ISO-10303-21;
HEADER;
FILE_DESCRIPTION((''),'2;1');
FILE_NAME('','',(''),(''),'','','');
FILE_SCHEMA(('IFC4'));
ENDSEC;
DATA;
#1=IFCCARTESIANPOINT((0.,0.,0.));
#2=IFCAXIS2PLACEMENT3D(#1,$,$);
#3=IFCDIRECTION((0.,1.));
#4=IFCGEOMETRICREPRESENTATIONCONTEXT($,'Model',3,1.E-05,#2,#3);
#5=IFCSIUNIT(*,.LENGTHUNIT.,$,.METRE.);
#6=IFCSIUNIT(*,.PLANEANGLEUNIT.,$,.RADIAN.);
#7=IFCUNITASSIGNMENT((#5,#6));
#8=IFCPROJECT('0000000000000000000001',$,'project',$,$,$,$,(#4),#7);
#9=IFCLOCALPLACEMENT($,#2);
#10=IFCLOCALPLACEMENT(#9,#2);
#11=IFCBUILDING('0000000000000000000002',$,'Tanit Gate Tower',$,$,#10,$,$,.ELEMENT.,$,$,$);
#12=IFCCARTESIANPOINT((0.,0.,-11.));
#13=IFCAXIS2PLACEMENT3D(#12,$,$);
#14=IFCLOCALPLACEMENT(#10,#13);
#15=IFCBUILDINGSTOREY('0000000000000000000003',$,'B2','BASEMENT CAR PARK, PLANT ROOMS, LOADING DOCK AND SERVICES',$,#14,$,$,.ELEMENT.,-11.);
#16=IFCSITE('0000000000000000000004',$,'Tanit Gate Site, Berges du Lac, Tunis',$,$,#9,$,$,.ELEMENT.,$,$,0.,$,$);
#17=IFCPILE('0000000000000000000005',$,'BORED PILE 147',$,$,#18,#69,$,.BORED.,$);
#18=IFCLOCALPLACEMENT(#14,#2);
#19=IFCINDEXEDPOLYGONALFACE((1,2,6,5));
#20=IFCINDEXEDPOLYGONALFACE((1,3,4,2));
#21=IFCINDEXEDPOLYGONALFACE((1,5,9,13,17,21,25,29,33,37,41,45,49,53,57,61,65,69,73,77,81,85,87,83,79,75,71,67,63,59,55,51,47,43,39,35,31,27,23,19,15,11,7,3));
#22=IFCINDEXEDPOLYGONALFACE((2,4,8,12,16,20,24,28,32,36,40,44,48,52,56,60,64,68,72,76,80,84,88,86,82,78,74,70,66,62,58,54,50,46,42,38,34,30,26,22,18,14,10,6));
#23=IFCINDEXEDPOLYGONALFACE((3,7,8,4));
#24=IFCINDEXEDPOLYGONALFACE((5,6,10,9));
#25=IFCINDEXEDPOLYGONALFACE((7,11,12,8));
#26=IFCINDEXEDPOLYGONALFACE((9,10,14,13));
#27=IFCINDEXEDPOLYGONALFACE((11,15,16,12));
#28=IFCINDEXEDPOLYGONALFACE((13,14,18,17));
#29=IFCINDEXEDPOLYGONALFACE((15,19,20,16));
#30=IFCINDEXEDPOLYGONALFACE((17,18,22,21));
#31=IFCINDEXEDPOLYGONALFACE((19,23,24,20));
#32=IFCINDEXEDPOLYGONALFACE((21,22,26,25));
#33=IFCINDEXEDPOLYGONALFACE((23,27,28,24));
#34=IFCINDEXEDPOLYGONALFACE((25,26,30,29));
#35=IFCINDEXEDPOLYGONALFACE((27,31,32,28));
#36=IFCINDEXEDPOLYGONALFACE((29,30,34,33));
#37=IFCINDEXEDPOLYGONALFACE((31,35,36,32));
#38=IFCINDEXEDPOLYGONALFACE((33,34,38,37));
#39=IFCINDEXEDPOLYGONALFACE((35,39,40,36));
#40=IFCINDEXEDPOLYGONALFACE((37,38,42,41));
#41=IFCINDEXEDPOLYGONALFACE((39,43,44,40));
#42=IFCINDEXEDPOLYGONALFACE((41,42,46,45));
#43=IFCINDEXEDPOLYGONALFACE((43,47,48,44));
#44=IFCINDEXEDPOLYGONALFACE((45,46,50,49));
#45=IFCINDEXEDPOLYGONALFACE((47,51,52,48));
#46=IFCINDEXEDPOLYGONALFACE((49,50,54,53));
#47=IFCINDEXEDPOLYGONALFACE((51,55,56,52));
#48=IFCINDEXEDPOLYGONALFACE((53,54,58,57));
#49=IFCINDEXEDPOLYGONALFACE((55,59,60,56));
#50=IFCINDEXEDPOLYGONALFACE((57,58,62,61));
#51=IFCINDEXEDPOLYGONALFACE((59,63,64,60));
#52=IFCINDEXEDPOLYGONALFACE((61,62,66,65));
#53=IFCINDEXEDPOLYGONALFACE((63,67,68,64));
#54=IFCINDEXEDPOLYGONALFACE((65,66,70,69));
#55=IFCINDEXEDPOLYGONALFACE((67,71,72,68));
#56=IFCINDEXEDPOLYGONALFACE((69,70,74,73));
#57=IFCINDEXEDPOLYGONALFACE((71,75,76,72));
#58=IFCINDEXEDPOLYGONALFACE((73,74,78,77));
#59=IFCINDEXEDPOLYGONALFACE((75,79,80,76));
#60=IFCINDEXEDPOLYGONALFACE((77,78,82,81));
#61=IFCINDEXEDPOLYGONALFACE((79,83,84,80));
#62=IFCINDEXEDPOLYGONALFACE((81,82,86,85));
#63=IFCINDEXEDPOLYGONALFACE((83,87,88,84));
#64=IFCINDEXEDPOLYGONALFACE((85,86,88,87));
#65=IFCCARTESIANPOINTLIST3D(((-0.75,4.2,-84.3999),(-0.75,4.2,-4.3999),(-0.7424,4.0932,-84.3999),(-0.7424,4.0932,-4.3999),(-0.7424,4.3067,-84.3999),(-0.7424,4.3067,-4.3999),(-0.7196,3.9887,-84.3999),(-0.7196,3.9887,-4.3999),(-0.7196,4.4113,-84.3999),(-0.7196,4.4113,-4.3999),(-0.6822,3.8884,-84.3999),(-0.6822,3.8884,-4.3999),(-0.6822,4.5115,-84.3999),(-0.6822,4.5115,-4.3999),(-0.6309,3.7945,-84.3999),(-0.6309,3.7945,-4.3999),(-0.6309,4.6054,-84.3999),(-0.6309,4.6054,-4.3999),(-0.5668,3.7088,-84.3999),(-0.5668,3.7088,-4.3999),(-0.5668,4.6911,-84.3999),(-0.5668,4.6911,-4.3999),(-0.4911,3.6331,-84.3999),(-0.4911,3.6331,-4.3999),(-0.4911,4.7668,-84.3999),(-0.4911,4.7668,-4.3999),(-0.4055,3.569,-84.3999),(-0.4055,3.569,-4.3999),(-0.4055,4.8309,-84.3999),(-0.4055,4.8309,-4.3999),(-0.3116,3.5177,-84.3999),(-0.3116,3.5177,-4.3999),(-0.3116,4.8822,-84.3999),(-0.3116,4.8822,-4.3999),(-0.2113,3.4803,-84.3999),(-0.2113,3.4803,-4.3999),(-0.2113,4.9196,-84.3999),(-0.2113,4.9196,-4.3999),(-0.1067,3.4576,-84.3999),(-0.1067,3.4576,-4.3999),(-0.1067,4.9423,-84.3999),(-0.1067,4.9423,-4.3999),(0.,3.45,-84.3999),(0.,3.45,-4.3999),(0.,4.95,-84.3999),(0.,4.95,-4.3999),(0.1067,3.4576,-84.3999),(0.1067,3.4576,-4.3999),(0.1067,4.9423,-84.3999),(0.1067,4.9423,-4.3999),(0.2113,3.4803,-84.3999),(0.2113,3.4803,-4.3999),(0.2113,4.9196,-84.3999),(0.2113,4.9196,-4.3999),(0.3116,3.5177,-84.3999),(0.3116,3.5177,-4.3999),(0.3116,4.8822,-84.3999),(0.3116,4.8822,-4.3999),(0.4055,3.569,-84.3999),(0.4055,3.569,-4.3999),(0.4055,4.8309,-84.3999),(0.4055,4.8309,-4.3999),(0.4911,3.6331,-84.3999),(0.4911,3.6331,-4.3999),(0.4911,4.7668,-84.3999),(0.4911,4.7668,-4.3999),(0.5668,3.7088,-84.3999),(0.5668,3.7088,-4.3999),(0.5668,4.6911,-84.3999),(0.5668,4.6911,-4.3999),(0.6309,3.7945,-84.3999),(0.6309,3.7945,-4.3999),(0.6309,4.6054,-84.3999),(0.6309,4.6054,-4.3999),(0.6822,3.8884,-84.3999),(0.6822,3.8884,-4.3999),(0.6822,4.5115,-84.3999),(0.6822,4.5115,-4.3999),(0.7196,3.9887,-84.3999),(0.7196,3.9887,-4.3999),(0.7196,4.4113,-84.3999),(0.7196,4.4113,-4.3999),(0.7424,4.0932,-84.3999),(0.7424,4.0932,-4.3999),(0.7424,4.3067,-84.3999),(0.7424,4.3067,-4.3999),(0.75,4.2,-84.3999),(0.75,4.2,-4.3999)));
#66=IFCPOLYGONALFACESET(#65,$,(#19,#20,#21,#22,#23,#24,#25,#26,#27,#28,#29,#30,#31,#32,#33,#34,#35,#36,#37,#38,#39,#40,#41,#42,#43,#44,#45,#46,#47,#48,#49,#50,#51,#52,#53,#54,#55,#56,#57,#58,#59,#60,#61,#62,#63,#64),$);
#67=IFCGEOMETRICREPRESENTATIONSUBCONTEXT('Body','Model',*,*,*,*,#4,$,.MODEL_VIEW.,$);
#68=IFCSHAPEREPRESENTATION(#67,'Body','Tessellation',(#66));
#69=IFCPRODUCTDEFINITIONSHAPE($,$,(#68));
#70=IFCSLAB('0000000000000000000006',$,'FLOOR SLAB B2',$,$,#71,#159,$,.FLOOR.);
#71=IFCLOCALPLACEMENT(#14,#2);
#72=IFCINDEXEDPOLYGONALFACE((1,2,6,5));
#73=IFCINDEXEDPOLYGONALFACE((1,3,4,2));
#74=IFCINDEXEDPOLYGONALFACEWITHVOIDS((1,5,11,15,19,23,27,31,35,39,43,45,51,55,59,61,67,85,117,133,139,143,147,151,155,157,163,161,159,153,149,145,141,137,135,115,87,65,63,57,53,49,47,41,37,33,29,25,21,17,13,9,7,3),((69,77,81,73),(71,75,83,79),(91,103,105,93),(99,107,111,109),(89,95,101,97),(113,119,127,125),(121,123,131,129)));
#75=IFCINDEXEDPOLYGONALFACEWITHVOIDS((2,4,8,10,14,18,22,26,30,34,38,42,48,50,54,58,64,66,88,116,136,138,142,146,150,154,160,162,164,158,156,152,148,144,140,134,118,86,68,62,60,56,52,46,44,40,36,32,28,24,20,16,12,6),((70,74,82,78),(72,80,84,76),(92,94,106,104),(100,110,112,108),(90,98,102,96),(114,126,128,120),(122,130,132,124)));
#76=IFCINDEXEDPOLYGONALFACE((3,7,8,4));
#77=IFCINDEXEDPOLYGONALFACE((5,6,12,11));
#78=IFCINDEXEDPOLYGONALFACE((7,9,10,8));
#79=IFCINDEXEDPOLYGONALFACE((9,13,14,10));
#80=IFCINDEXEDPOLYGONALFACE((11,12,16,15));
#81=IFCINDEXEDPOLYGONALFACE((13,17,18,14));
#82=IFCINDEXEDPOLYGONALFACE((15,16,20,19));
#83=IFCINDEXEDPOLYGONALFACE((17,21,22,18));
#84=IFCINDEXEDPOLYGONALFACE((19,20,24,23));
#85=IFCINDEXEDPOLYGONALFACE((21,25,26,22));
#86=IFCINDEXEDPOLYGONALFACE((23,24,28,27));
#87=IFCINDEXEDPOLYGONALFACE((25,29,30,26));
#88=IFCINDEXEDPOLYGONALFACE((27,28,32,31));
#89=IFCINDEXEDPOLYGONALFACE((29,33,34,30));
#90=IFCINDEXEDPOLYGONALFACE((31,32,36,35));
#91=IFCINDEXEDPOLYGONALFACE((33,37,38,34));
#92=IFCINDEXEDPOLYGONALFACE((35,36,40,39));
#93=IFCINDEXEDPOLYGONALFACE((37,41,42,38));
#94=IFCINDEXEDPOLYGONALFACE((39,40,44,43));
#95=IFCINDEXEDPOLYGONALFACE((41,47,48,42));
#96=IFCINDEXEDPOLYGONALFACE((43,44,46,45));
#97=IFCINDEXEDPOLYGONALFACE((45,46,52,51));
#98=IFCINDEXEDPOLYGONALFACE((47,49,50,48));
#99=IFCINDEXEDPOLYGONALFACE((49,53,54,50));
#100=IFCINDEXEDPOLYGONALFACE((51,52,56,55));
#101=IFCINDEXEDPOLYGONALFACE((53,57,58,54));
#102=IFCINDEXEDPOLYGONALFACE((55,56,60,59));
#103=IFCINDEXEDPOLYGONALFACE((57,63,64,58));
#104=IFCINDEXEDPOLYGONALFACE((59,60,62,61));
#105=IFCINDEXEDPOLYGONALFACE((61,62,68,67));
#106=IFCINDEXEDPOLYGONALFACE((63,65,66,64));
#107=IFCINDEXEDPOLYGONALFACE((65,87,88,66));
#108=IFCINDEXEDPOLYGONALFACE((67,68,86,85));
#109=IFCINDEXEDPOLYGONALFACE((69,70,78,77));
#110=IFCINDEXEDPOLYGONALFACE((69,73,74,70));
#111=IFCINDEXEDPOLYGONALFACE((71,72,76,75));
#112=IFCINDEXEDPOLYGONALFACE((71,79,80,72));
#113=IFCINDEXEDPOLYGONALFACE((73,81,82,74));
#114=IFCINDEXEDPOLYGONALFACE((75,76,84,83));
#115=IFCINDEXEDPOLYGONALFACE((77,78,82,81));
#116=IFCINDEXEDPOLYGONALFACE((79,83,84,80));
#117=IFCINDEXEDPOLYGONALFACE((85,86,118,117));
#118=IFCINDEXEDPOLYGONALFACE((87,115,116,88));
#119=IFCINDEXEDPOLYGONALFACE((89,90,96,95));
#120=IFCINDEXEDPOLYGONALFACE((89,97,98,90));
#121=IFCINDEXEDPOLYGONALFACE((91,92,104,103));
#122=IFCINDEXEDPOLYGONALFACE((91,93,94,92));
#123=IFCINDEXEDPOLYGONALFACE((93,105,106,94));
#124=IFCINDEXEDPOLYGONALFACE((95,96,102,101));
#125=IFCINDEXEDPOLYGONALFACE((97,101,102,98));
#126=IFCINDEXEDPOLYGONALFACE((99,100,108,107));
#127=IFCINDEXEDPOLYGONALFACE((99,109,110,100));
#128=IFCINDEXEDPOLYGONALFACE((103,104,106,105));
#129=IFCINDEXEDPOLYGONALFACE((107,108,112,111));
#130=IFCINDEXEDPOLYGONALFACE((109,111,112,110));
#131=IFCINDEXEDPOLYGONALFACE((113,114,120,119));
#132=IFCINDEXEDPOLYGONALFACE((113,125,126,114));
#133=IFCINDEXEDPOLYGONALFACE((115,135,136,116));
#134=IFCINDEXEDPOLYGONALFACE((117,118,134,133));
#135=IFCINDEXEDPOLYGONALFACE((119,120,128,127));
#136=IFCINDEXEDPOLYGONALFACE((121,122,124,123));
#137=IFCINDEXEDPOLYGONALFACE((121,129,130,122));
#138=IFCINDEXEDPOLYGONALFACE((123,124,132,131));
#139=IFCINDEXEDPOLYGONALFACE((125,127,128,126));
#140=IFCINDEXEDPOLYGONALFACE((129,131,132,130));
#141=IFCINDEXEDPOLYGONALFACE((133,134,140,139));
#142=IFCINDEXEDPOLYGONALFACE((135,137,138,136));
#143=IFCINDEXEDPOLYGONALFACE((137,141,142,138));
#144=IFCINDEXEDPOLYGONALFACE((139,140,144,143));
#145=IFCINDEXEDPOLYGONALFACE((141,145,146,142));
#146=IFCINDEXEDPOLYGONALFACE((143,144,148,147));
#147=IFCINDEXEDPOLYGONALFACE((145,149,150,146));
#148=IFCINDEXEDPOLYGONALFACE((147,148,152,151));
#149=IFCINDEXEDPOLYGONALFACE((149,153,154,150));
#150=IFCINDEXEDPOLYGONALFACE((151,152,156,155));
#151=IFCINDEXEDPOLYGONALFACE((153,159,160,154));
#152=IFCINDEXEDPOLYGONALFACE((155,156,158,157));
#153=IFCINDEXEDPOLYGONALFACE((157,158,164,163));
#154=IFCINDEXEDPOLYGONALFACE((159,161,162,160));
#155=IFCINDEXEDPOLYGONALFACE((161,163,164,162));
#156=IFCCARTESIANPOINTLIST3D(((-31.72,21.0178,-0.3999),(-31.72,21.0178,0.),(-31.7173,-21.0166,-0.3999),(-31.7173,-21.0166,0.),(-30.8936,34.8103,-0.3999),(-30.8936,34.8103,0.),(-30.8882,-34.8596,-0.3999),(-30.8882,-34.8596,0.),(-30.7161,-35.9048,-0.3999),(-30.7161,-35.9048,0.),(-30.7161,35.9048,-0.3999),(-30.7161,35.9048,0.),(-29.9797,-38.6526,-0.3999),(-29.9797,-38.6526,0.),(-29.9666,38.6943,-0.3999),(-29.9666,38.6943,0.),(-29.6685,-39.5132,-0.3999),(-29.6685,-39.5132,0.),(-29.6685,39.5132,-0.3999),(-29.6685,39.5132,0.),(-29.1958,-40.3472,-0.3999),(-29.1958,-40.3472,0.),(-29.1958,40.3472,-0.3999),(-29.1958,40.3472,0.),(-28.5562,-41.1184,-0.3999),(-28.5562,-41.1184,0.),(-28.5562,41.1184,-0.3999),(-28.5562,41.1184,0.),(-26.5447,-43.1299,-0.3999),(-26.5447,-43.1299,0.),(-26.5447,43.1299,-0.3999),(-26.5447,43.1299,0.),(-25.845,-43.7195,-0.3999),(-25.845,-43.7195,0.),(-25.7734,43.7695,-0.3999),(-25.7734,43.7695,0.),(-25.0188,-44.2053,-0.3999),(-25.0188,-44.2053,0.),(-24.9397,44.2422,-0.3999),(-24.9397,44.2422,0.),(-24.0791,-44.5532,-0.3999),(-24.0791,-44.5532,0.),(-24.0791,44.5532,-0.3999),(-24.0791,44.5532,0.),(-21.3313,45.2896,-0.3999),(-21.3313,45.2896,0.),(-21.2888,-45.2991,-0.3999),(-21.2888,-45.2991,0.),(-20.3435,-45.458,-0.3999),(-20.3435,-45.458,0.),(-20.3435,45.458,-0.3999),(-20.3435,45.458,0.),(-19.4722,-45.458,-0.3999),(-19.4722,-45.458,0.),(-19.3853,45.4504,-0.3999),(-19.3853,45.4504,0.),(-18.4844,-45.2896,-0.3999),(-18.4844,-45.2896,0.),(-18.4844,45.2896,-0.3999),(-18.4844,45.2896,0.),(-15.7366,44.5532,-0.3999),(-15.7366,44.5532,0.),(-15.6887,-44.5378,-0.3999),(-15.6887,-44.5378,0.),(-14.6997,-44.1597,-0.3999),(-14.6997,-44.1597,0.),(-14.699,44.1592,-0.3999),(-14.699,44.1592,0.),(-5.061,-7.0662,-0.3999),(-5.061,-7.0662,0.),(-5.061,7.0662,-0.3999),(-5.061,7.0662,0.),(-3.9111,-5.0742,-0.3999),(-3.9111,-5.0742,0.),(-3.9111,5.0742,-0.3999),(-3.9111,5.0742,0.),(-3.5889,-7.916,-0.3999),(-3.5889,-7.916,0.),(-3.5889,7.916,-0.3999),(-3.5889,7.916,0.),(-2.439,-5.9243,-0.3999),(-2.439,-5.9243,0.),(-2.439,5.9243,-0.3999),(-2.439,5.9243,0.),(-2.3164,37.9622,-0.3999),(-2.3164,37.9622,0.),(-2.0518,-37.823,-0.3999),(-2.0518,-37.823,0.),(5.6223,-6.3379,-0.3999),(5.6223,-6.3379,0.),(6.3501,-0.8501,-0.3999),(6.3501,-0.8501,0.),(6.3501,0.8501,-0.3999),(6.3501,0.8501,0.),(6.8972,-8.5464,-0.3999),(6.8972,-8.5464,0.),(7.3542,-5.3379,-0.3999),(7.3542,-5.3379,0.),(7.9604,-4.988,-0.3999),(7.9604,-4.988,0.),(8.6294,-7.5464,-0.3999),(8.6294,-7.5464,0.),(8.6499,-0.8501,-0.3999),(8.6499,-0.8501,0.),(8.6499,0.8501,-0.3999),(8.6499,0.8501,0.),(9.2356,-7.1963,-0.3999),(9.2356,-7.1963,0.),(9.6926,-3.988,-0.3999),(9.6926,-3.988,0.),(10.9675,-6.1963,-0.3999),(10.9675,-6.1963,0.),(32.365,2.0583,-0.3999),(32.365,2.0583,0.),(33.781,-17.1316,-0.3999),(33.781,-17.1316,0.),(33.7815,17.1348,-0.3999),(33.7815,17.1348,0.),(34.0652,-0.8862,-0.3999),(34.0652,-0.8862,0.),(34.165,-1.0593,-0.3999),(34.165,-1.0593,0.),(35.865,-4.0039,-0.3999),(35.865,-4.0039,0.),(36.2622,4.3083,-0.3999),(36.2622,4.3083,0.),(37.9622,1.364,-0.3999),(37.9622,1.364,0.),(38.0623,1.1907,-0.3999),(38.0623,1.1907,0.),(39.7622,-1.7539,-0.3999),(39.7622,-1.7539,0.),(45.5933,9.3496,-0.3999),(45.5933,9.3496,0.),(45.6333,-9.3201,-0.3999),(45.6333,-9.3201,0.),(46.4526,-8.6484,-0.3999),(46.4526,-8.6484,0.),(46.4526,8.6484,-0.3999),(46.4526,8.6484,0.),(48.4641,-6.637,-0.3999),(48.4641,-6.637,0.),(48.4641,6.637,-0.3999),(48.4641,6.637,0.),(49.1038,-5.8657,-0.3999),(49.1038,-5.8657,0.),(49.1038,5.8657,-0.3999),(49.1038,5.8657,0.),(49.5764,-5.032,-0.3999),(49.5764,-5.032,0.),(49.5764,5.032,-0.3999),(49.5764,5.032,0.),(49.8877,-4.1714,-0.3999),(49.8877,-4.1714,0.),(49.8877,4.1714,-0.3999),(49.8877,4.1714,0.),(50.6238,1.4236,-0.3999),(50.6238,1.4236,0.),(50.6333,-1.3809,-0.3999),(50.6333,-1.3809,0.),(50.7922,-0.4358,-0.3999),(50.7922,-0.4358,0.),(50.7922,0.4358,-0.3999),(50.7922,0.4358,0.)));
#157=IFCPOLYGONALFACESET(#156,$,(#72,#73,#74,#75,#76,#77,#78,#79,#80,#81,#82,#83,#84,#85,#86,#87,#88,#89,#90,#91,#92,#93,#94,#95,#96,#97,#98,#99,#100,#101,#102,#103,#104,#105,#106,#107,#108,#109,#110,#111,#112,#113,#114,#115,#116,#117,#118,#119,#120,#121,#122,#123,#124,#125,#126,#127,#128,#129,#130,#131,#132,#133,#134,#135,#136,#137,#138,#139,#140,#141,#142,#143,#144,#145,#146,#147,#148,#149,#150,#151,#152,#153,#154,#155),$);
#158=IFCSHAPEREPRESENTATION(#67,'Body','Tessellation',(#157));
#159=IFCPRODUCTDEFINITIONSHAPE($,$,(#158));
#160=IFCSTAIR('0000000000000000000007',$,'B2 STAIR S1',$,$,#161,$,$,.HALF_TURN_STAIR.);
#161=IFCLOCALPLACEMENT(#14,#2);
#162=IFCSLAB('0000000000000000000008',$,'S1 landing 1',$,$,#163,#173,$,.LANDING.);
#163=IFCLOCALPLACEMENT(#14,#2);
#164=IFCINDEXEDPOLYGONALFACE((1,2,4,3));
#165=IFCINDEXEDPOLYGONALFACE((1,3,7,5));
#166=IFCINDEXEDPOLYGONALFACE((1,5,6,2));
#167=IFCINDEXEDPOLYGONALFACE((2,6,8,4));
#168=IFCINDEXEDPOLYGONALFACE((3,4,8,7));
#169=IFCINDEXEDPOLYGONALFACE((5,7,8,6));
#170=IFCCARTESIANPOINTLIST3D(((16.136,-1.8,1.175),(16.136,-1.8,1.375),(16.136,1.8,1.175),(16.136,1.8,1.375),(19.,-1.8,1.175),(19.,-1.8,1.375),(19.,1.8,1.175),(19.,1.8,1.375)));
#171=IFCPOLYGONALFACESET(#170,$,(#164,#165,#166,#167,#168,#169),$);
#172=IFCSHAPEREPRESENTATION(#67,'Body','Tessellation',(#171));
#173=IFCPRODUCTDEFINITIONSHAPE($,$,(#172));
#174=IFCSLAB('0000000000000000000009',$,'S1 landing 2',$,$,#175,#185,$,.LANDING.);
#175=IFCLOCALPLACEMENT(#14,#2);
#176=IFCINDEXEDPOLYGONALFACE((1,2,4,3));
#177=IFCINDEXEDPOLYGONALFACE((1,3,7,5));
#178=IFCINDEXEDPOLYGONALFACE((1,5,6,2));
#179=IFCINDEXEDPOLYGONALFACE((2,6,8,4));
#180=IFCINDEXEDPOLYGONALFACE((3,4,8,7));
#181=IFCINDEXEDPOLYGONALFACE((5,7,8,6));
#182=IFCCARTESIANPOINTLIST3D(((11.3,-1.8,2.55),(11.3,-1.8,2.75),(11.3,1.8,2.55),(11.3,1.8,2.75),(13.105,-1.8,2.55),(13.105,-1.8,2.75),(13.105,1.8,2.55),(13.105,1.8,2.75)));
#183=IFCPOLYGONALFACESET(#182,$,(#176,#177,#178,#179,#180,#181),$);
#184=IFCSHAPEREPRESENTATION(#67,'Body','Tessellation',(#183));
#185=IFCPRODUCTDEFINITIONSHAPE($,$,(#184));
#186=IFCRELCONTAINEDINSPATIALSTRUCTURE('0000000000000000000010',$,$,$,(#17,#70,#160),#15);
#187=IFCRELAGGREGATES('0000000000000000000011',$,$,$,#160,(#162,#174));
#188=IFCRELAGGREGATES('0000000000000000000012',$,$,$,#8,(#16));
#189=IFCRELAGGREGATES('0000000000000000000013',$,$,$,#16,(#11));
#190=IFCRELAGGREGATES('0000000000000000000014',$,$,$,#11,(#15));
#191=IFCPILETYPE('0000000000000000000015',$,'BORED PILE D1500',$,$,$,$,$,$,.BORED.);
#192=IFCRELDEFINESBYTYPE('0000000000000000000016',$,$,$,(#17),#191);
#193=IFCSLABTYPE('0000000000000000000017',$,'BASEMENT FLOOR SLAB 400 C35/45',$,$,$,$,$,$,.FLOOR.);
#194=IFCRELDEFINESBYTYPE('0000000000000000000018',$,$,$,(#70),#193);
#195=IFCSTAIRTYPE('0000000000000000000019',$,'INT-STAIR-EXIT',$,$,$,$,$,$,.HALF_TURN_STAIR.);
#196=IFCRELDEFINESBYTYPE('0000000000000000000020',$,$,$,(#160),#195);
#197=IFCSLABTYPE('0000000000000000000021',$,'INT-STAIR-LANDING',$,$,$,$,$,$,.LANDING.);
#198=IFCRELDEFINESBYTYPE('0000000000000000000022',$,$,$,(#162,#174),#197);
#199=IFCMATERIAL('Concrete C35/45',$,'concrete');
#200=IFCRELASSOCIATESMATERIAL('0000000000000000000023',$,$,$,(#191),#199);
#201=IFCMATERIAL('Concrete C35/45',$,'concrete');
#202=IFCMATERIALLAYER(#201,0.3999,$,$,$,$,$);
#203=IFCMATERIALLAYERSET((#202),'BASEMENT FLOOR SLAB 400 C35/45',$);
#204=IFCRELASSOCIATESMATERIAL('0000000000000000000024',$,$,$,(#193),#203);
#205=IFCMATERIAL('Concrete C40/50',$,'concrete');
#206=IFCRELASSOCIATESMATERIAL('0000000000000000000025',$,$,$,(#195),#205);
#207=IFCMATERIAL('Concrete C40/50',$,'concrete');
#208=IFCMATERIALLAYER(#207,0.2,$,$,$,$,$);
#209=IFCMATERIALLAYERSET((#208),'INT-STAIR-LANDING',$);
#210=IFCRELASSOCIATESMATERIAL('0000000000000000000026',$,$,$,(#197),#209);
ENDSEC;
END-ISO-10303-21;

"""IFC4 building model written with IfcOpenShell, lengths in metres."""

from ifc_helpers import new_model, si_unit, direction, frame, origin, origin_2d, place, context, subcontext, project, spatial, polyline, circle, outline, extrude, material, layer, layer_set, material_profile, profile_set, type_object, element, aggregate, save


model = new_model("IFC4")

# Units and contexts
model_context = context("Model", 3, precision=1e-05, world=origin(), true_north=direction((0.0, 1.0)))
body_context = subcontext(model_context, "Body", "Model", "MODEL_VIEW")
ifc_project = project(units=[si_unit("LENGTHUNIT", "METRE"), si_unit("PLANEANGLEUNIT", "RADIAN")], contexts=[model_context])

# Site, building, storey
site_placement = place(None, origin())
site = spatial("IfcSite", under=ifc_project, at=site_placement, Name="Tanit Gate Site, Berges du Lac, Tunis", CompositionType="ELEMENT", RefElevation=0.0)
building_placement = place(site_placement, origin())
building = spatial("IfcBuilding", under=site, at=building_placement, Name="Tanit Gate Tower", CompositionType="ELEMENT")
storey_placement = place(building_placement, frame((0.0, 0.0, -11.0)))
storey = spatial("IfcBuildingStorey", under=building, at=storey_placement, Name="B2", Description="BASEMENT CAR PARK, PLANT ROOMS, LOADING DOCK AND SERVICES", CompositionType="ELEMENT", Elevation=-11.0)

# Pile
ifc_material_1 = material(Name="Concrete C35/45", Category="concrete")
ifc_material_profile = material_profile(ifc_material_1, circle(Radius=0.75, at=origin_2d()), Name="BORED PILE D1500 C35/45")
ifc_profile_set = profile_set([ifc_material_profile], Name="Concrete C35/45")
pile_type = type_object("IfcPileType", Name="BORED PILE D1500", PredefinedType="BORED", material=ifc_profile_set)
for number, where, z_axis, x_axis, name in (
    (1, (0.0, 4.2, -4.3999), (0.0, 0.0, -1.0), (1.0, 0.0, 0.0), "BORED PILE 147"),
):
    element("IfcPile", number, at=place(storey_placement, frame(where, z_axis=z_axis, x_axis=x_axis)), inside=storey, type_object=pile_type, Name=name, PredefinedType="BORED", context=body_context, shape_type="SweptSolid", body=[
        extrude(circle(Radius=0.75, at=origin_2d()), origin(), (0.0, 0.0, 1.0), 80.0),
    ])

# Slab
ifc_material_2 = material(Name="Concrete C35/45", Category="concrete")
ifc_layer_1 = layer(ifc_material_2, 0.3999)
ifc_layer_set_1 = layer_set([ifc_layer_1], Name="BASEMENT FLOOR SLAB 400 C35/45")
slab_type_1 = type_object("IfcSlabType", Name="BASEMENT FLOOR SLAB 400 C35/45", PredefinedType="FLOOR", material=ifc_layer_set_1)
slab_1_placement = place(storey_placement, frame((0.0, 0.0, -0.3999)))
element("IfcSlab", 2, at=slab_1_placement, inside=storey, type_object=slab_type_1, Name="FLOOR SLAB B2", PredefinedType="FLOOR", context=body_context, shape_type="SweptSolid", body=[
    extrude(outline(polyline([(49.5764, 5.032), (49.8877, 4.1714), (50.6238, 1.4236), (50.7922, 0.4358), (50.7922, -0.4358), (50.6333, -1.3809), (49.8877, -4.1714), (49.5764, -5.032), (49.1038, -5.8657), (48.4641, -6.637), (46.4526, -8.6484), (45.6333, -9.3201), (33.781, -17.1316), (-2.0518, -37.823), (-14.6997, -44.1597), (-15.6887, -44.5378), (-18.4844, -45.2896), (-19.4722, -45.458), (-20.3435, -45.458), (-21.2888, -45.2991), (-24.0791, -44.5532), (-25.0188, -44.2053), (-25.845, -43.7195), (-26.5447, -43.1299), (-28.5562, -41.1184), (-29.1958, -40.3472), (-29.6685, -39.5132), (-29.9797, -38.6526), (-30.7161, -35.9048), (-30.8882, -34.8596), (-31.7173, -21.0166), (-31.72, 21.0178), (-30.8936, 34.8103), (-30.7161, 35.9048), (-29.9666, 38.6943), (-29.6685, 39.5132), (-29.1958, 40.3472), (-28.5562, 41.1184), (-26.5447, 43.1299), (-25.7734, 43.7695), (-24.9397, 44.2422), (-24.0791, 44.5532), (-21.3313, 45.2896), (-20.3435, 45.458), (-19.3853, 45.4504), (-18.4844, 45.2896), (-15.7366, 44.5532), (-14.699, 44.1592), (-2.3164, 37.9622), (33.7815, 17.1348), (45.5933, 9.3496), (46.4526, 8.6484), (48.4641, 6.637), (49.1038, 5.8657), (49.5764, 5.032)]), holes=[polyline([(6.8972, -8.5464), (5.6223, -6.3379), (7.3542, -5.3379), (8.6294, -7.5464), (6.8972, -8.5464)]), polyline([(9.2356, -7.1963), (7.9604, -4.988), (9.6926, -3.988), (10.9675, -6.1963), (9.2356, -7.1963)]), polyline([(6.3501, -0.8501), (6.3501, 0.8501), (8.6499, 0.8501), (8.6499, -0.8501), (6.3501, -0.8501)]), polyline([(-2.439, 5.9243), (-3.9111, 5.0742), (-5.061, 7.0662), (-3.5889, 7.916), (-2.439, 5.9243)]), polyline([(-3.9111, -5.0742), (-2.439, -5.9243), (-3.5889, -7.916), (-5.061, -7.0662), (-3.9111, -5.0742)]), polyline([(39.7622, -1.7539), (38.0623, 1.1907), (34.165, -1.0593), (35.865, -4.0039), (39.7622, -1.7539)]), polyline([(37.9622, 1.364), (36.2622, 4.3083), (32.365, 2.0583), (34.0652, -0.8862), (37.9622, 1.364)])]), origin(), (0.0, 0.0, 1.0), 0.3999),
])

# Stair, slabs
ifc_material_3 = material(Name="Concrete C40/50", Category="concrete")
stair_type = type_object("IfcStairType", Name="INT-STAIR-EXIT", PredefinedType="HALF_TURN_STAIR", material=ifc_material_3)
stair_1_placement = place(storey_placement, origin())
stair_1 = element("IfcStair", 3, at=stair_1_placement, inside=storey, type_object=stair_type, Name="B2 STAIR S1", PredefinedType="HALF_TURN_STAIR")
ifc_material_4 = material(Name="Concrete C40/50", Category="concrete")
ifc_layer_2 = layer(ifc_material_4, 0.2)
ifc_layer_set_2 = layer_set([ifc_layer_2], Name="INT-STAIR-LANDING")
slab_type_2 = type_object("IfcSlabType", Name="INT-STAIR-LANDING", PredefinedType="LANDING", material=ifc_layer_set_2)
slab_2_placement = place(storey_placement, frame((0.0, 0.0, 1.175)))
slab_2 = element("IfcSlab", 4, at=slab_2_placement, type_object=slab_type_2, Name="S1 landing 1", PredefinedType="LANDING", context=body_context, shape_type="SweptSolid", body=[
    extrude(outline(polyline([(16.136, -1.8), (19.0, -1.8), (19.0, 1.8), (16.136, 1.8), (16.136, -1.8)])), origin(), (0.0, 0.0, 1.0), 0.2),
])
slab_3_placement = place(storey_placement, frame((0.0, 0.0, 2.55)))
slab_3 = element("IfcSlab", 5, at=slab_3_placement, type_object=slab_type_2, Name="S1 landing 2", PredefinedType="LANDING", context=body_context, shape_type="SweptSolid", body=[
    extrude(outline(polyline([(11.3, -1.8), (13.105, -1.8), (13.105, 1.8), (11.3, 1.8), (11.3, -1.8)])), origin(), (0.0, 0.0, 1.0), 0.2),
])
aggregate(stair_1, [slab_2, slab_3])

save(model, "model.ifc")
